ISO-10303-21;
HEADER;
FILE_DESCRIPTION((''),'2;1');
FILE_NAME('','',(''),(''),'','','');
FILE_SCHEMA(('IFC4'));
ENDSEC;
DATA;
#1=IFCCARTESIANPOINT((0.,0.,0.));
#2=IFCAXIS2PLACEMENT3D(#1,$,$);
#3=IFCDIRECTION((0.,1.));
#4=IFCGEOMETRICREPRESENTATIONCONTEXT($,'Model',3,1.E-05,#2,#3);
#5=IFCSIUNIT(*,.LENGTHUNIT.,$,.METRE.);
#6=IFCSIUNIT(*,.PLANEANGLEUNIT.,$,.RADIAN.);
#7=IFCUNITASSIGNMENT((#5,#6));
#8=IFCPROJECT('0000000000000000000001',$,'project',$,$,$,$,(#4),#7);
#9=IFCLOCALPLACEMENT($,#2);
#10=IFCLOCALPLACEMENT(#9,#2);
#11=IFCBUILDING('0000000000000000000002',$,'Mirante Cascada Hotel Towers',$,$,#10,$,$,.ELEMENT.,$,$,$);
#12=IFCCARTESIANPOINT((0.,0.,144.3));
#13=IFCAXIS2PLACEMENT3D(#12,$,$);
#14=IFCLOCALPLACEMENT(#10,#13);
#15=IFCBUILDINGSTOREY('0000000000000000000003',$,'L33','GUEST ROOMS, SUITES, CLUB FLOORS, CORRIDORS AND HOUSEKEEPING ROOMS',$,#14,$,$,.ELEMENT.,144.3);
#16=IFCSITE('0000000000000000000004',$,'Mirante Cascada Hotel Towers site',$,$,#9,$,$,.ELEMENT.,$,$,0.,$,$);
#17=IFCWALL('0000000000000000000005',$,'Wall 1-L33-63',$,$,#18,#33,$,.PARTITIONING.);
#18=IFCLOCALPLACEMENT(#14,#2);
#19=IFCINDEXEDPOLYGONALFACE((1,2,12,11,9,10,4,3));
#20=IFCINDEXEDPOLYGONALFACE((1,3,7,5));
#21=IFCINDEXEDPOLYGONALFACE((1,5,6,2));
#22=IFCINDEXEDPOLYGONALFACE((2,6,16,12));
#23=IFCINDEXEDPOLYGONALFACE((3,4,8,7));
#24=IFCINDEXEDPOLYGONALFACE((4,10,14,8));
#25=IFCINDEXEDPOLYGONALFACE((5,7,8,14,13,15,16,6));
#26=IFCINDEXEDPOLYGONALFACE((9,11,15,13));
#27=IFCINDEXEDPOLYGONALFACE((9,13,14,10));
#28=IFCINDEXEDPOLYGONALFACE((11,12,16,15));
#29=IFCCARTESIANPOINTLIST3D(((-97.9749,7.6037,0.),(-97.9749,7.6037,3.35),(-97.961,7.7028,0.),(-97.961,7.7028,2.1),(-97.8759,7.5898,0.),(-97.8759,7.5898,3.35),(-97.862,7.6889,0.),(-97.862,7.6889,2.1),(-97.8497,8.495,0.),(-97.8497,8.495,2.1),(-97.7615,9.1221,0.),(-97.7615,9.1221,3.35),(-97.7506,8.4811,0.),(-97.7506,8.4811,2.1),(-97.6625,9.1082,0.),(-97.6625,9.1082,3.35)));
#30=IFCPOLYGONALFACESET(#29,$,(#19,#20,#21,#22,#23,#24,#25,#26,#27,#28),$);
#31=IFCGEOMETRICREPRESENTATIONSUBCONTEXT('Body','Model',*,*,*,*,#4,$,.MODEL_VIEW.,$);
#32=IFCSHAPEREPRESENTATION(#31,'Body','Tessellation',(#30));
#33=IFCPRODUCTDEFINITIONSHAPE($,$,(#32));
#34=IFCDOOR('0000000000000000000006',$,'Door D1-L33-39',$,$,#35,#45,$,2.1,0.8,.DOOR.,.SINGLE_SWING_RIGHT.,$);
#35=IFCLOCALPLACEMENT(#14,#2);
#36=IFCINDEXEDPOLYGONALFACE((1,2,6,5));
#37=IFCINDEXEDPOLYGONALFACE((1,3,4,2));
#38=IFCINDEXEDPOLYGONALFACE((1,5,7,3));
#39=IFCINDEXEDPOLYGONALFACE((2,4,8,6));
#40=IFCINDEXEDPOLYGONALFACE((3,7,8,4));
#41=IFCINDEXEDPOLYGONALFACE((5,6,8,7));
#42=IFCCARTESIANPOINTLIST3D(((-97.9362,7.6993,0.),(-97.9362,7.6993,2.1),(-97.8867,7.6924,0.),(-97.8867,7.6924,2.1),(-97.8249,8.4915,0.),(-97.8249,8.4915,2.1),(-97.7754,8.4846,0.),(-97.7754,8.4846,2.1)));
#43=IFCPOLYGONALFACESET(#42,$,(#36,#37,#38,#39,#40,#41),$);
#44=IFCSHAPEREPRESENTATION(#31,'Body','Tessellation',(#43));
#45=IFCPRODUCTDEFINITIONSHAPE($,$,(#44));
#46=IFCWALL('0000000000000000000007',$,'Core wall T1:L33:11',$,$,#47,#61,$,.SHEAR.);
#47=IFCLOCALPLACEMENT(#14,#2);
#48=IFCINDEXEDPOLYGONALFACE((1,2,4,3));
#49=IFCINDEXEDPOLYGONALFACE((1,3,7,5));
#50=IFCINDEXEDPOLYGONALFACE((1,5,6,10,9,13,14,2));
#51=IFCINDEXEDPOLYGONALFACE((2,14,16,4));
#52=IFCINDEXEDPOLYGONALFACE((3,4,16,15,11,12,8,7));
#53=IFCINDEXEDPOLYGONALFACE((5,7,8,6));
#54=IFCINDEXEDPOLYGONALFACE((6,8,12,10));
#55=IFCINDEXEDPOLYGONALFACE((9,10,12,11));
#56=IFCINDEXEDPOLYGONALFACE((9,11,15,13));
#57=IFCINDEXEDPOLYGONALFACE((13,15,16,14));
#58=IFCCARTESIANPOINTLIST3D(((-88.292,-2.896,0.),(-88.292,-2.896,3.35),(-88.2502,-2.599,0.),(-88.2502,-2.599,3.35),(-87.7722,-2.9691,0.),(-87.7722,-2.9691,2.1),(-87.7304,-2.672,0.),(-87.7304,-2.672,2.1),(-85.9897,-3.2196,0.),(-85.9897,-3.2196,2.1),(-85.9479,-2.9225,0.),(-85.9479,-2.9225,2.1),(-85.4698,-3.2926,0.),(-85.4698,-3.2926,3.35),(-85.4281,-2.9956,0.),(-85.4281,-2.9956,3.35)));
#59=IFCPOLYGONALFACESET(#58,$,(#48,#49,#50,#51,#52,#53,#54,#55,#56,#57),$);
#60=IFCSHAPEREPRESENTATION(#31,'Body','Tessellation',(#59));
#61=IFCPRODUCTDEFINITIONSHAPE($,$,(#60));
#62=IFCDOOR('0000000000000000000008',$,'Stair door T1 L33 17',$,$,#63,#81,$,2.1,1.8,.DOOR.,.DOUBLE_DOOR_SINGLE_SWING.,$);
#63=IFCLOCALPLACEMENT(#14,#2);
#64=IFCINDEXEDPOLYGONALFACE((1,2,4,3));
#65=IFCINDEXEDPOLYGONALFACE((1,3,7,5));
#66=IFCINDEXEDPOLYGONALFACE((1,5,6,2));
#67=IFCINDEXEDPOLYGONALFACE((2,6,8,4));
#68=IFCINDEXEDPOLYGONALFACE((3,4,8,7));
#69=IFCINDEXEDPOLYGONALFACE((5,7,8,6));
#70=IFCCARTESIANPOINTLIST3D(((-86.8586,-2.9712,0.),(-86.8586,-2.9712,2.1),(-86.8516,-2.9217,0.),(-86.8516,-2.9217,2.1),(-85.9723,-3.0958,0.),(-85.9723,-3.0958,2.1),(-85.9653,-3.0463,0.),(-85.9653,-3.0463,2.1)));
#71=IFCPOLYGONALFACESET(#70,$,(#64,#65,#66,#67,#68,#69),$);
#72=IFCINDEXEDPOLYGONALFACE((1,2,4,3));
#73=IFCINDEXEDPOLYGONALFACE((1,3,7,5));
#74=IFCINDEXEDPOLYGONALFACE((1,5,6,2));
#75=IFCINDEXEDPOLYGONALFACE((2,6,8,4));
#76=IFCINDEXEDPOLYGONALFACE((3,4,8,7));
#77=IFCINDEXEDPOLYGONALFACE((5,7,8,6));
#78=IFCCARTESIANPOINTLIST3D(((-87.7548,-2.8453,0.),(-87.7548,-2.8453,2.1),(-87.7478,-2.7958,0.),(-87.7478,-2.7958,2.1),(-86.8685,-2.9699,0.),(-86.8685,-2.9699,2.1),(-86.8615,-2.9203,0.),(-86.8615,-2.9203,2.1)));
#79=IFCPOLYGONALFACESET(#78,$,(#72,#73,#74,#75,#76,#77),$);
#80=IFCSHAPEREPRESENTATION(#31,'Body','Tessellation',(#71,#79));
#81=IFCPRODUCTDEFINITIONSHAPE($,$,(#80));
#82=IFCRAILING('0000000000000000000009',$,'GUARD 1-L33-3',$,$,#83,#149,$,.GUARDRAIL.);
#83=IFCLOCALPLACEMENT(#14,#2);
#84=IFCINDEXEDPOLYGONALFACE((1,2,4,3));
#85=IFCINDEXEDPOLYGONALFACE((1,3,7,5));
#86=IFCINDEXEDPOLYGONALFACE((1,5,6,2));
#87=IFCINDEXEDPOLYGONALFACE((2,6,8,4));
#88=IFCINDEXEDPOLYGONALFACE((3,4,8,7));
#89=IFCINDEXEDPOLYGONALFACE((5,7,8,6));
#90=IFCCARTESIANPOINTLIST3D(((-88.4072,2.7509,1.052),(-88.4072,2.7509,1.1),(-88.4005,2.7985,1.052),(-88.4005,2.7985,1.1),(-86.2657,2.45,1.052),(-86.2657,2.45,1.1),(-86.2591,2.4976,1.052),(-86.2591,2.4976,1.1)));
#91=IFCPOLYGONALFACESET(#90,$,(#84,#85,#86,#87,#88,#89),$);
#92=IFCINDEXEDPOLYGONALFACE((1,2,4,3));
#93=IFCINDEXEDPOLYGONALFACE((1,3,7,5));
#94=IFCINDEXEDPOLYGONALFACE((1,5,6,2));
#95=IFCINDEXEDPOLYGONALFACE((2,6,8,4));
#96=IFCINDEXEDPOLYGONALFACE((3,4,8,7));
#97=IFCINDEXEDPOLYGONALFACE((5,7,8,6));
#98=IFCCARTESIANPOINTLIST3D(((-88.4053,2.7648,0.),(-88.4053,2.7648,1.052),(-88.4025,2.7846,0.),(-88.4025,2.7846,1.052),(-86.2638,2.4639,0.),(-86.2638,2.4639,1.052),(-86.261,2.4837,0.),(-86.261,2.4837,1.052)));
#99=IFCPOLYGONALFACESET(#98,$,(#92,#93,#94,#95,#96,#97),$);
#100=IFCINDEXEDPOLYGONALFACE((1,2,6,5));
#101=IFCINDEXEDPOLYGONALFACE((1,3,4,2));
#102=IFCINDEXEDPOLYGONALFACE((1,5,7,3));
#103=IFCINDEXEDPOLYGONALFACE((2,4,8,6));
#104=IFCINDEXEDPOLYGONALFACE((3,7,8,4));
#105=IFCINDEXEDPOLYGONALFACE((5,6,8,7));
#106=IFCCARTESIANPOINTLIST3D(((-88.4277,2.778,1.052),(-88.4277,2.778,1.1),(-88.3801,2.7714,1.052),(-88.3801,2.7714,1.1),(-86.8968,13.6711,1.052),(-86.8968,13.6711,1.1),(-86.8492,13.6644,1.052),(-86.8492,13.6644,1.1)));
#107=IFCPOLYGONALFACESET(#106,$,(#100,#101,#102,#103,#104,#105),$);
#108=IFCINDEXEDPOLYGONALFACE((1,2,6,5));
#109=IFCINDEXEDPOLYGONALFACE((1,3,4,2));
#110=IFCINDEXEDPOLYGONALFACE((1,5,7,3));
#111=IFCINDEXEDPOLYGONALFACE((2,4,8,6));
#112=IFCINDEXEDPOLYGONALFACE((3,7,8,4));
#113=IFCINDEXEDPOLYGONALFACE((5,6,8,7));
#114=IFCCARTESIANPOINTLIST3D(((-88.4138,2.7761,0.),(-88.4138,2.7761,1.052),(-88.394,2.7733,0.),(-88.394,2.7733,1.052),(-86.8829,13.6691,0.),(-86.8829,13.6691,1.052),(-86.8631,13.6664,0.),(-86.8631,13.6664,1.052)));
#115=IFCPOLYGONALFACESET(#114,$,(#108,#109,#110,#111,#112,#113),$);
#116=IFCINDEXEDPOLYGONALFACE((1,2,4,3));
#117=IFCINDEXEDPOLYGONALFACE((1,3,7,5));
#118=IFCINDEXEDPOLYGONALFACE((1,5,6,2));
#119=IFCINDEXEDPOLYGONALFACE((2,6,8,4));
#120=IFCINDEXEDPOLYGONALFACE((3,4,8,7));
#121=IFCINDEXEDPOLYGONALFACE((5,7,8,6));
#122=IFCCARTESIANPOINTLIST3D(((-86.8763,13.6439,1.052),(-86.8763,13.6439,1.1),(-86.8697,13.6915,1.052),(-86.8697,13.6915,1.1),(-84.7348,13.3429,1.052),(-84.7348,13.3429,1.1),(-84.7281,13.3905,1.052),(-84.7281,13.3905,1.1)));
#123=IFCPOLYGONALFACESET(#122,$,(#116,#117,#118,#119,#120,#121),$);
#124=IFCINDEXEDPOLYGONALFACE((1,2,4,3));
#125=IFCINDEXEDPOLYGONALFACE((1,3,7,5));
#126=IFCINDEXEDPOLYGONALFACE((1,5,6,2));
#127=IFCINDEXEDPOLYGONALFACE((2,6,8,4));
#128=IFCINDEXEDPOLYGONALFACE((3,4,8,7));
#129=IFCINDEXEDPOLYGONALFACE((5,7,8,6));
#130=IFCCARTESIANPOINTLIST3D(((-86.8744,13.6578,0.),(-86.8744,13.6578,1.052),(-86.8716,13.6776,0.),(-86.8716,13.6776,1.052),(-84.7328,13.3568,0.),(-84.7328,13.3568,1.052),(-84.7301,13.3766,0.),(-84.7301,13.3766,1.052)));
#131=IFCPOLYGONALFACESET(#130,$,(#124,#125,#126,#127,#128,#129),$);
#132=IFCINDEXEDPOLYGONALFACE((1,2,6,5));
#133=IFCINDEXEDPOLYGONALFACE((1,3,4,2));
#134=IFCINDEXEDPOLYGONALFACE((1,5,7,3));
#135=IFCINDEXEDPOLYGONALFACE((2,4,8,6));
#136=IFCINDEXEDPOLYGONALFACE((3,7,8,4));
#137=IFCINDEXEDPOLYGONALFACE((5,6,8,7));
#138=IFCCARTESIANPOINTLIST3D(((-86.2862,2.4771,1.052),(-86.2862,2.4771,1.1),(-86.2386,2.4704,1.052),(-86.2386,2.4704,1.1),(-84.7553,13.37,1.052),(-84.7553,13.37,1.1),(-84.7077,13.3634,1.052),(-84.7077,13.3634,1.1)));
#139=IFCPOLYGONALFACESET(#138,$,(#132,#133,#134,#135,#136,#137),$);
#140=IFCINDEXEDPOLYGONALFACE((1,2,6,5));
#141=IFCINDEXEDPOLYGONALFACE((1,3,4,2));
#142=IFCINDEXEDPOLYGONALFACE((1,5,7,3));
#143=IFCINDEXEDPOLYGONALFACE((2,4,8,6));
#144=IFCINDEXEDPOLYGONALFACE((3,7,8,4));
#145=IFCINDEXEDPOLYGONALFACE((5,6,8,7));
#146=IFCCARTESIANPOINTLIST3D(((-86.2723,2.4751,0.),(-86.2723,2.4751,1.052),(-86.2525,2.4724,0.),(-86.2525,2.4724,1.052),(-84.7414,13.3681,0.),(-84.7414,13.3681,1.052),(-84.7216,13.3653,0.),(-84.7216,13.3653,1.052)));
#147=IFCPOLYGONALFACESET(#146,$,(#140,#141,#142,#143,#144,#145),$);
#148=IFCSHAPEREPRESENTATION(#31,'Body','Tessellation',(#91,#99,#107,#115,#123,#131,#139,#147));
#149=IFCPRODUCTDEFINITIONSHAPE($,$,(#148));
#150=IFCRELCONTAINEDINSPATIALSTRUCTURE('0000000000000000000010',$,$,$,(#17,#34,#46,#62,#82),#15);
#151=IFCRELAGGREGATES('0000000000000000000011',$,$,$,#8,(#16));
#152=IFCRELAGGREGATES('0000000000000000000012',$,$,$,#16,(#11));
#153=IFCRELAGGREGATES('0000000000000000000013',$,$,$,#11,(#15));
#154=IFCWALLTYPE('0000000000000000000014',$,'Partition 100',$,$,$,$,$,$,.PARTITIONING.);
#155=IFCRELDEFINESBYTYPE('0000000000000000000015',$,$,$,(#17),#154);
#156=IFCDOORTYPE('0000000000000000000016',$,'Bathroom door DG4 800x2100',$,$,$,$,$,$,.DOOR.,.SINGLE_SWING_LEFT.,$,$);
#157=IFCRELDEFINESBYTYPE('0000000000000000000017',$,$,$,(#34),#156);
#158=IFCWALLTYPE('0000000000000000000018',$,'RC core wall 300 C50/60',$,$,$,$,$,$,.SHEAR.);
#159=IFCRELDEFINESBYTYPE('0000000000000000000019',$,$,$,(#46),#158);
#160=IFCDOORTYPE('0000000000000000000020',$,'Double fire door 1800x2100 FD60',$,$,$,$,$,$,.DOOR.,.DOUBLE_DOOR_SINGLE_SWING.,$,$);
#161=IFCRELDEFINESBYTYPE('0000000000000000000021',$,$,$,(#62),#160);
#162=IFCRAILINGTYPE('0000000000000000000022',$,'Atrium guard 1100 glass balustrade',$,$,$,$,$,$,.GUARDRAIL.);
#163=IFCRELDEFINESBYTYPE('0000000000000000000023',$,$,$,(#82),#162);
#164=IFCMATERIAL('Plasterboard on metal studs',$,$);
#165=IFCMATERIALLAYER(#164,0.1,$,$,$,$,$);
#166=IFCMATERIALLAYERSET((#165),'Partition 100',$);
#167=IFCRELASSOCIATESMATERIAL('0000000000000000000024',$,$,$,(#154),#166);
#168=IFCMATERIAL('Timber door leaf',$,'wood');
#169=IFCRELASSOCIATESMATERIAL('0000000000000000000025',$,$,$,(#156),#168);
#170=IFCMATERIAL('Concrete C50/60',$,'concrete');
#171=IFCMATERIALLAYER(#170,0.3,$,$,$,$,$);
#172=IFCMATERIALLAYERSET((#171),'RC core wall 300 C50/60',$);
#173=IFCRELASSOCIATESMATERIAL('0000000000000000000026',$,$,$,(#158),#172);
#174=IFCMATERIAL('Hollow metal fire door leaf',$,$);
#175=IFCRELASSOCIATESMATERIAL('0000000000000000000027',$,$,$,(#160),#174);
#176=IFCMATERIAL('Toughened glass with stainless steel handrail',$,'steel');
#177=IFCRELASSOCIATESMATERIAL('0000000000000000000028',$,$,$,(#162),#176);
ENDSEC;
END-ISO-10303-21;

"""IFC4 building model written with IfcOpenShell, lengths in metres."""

from ifc_helpers import new_model, si_unit, direction, frame, frame_2d, origin, origin_2d, place, context, subcontext, project, spatial, rectangle, extrude, material, layer, layer_set, type_object, element, fill, save


model = new_model("IFC4")

# Units and contexts
model_context = context("Model", 3, precision=1e-05, world=origin(), true_north=direction((0.0, 1.0)))
body_context = subcontext(model_context, "Body", "Model", "MODEL_VIEW")
ifc_project = project(units=[si_unit("LENGTHUNIT", "METRE"), si_unit("PLANEANGLEUNIT", "RADIAN")], contexts=[model_context])

# Site, building, storey
site_placement = place(None, origin())
site = spatial("IfcSite", under=ifc_project, at=site_placement, Name="Mirante Cascada Hotel Towers site", CompositionType="ELEMENT", RefElevation=0.0)
building_placement = place(site_placement, origin())
building = spatial("IfcBuilding", under=site, at=building_placement, Name="Mirante Cascada Hotel Towers", CompositionType="ELEMENT")
storey_placement = place(building_placement, frame((0.0, 0.0, 144.3)))
storey = spatial("IfcBuildingStorey", under=building, at=storey_placement, Name="L33", Description="GUEST ROOMS, SUITES, CLUB FLOORS, CORRIDORS AND HOUSEKEEPING ROOMS", CompositionType="ELEMENT", Elevation=144.3)

# Shared definitions
ifc_material_1 = material(Name="Plasterboard on metal studs")
ifc_layer_1 = layer(ifc_material_1, 0.1)
ifc_layer_set_1 = layer_set([ifc_layer_1], Name="Partition 100")
wall_type_1 = type_object("IfcWallType", Name="Partition 100", PredefinedType="PARTITIONING", material=ifc_layer_set_1)

# Walls, openings, doors
wall_1_placement = place(storey_placement, frame((-97.712, 9.1152, 0.0), z_axis=(0.0, 0.0, 1.0), x_axis=(-0.139175, -0.990268, 0.0)))
wall_1 = element("IfcWall", 1, at=wall_1_placement, inside=storey, type_object=wall_type_1, Name="Wall 1-L33-63", PredefinedType="PARTITIONING", context=body_context, shape_type="SweptSolid", body=[
    extrude(rectangle(XDim=1.5333, YDim=0.1, at=frame_2d((0.7667, 0.0))), origin(), (0.0, 0.0, 1.0), 3.35),
])
opening_1_placement = place(wall_1_placement, frame((0.6333, 0.0, 0.0)))
opening_1 = element("IfcOpeningElement", 2, at=opening_1_placement, cuts=wall_1, PredefinedType="OPENING", context=body_context, shape_type="SweptSolid", body=[
    extrude(rectangle(XDim=0.8, YDim=2.1, at=frame_2d((0.4, 1.05))), frame((0.0, 0.05, 0.0), z_axis=(0.0, -1.0, 0.0), x_axis=(1.0, 0.0, 0.0)), (0.0, 0.0, 1.0), 0.1),
])
ifc_material_2 = material(Name="Timber door leaf", Category="wood")
door_type_1 = type_object("IfcDoorType", Name="Bathroom door DG4 800x2100", OperationType="SINGLE_SWING_LEFT", PredefinedType="DOOR", material=ifc_material_2)
door_1_placement = place(opening_1_placement, frame((0.8, 0.0, 0.0), z_axis=(0.0, 0.0, 1.0), x_axis=(-1.0, 0.0, 0.0)))
door_1 = element("IfcDoor", 3, at=door_1_placement, inside=storey, type_object=door_type_1, Name="Door D1-L33-39", OperationType="SINGLE_SWING_RIGHT", OverallHeight=2.1, OverallWidth=0.8, PredefinedType="DOOR", context=body_context, shape_type="SweptSolid", body=[
    extrude(rectangle(XDim=0.8, YDim=2.1, at=frame_2d((0.4, 1.05))), frame((0.0, 0.025, 0.0), z_axis=(0.0, -1.0, 0.0), x_axis=(1.0, 0.0, 0.0)), (0.0, 0.0, 1.0), 0.05),
])
fill(opening_1, door_1)
ifc_material_3 = material(Name="Concrete C50/60", Category="concrete")
ifc_layer_2 = layer(ifc_material_3, 0.3)
ifc_layer_set_2 = layer_set([ifc_layer_2], Name="RC core wall 300 C50/60")
wall_type_2 = type_object("IfcWallType", Name="RC core wall 300 C50/60", PredefinedType="SHEAR", material=ifc_layer_set_2)
wall_2_placement = place(storey_placement, frame((-85.4489, -3.1441, 0.0), z_axis=(0.0, 0.0, 1.0), x_axis=(-0.99027, 0.139161, 0.0)))
wall_2 = element("IfcWall", 4, at=wall_2_placement, inside=storey, type_object=wall_type_2, Name="Core wall T1:L33:11", PredefinedType="SHEAR", context=body_context, shape_type="SweptSolid", body=[
    extrude(rectangle(XDim=2.8499, YDim=0.3, at=frame_2d((1.425, 0.0))), origin(), (0.0, 0.0, 1.0), 3.35),
])
opening_2_placement = place(wall_2_placement, frame((0.525, 0.0, 0.0)))
opening_2 = element("IfcOpeningElement", 5, at=opening_2_placement, cuts=wall_2, PredefinedType="OPENING", context=body_context, shape_type="SweptSolid", body=[
    extrude(rectangle(XDim=1.8, YDim=2.1, at=frame_2d((0.9, 1.05))), frame((0.0, 0.15, 0.0), z_axis=(0.0, -1.0, 0.0), x_axis=(1.0, 0.0, 0.0)), (0.0, 0.0, 1.0), 0.3),
])
ifc_material_4 = material(Name="Hollow metal fire door leaf")
door_type_2 = type_object("IfcDoorType", Name="Double fire door 1800x2100 FD60", OperationType="DOUBLE_DOOR_SINGLE_SWING", PredefinedType="DOOR", material=ifc_material_4)
door_2_placement = place(opening_2_placement, origin())
door_2 = element("IfcDoor", 6, at=door_2_placement, inside=storey, type_object=door_type_2, Name="Stair door T1 L33 17", OperationType="DOUBLE_DOOR_SINGLE_SWING", OverallHeight=2.1, OverallWidth=1.8, PredefinedType="DOOR", context=body_context, shape_type="SweptSolid", body=[
    extrude(rectangle(XDim=0.895, YDim=2.1, at=frame_2d((0.4475, 1.05))), frame((0.0, 0.025, 0.0), z_axis=(0.0, -1.0, 0.0), x_axis=(1.0, 0.0, 0.0)), (0.0, 0.0, 1.0), 0.05),
    extrude(rectangle(XDim=0.895, YDim=2.1, at=frame_2d((1.3525, 1.05))), frame((0.0, 0.025, 0.0), z_axis=(0.0, -1.0, 0.0), x_axis=(1.0, 0.0, 0.0)), (0.0, 0.0, 1.0), 0.05),
])
fill(opening_2, door_2)

# Railing
ifc_material_5 = material(Name="Toughened glass with stainless steel handrail", Category="steel")
railing_type = type_object("IfcRailingType", Name="Atrium guard 1100 glass balustrade", PredefinedType="GUARDRAIL", material=ifc_material_5)
railing_placement = place(storey_placement, frame((-86.2624, 2.4738, 0.0)))
element("IfcRailing", 7, at=railing_placement, inside=storey, type_object=railing_type, Name="GUARD 1-L33-3", PredefinedType="GUARDRAIL", context=body_context, shape_type="SweptSolid", body=[
    extrude(rectangle(XDim=0.048, YDim=0.048, at=origin_2d()), frame((0.0, 0.0, 1.076), z_axis=(-0.990272, 0.139142, 0.0), x_axis=(-0.139142, -0.990272, 0.0)), (0.0, 0.0, 1.0), 2.1625),
    extrude(rectangle(XDim=0.02, YDim=1.052, at=origin_2d()), frame((0.0, 0.0, 0.526), z_axis=(-0.990272, 0.139142, 0.0), x_axis=(-0.139142, -0.990272, 0.0)), (0.0, 0.0, 1.0), 2.1625),
    extrude(rectangle(XDim=0.048, YDim=0.048, at=origin_2d()), frame((-2.1415, 0.3009, 1.076), z_axis=(0.139172, 0.990268, 0.0), x_axis=(-0.990268, 0.139172, 0.0)), (0.0, 0.0, 1.0), 11.0001),
    extrude(rectangle(XDim=0.02, YDim=1.052, at=origin_2d()), frame((-2.1415, 0.3009, 0.526), z_axis=(0.139172, 0.990268, 0.0), x_axis=(-0.990268, 0.139172, 0.0)), (0.0, 0.0, 1.0), 11.0001),
    extrude(rectangle(XDim=0.048, YDim=0.048, at=origin_2d()), frame((-0.6106, 11.1939, 1.076), z_axis=(0.990266, -0.139187, 0.0), x_axis=(0.139187, 0.990266, 0.0)), (0.0, 0.0, 1.0), 2.1626),
    extrude(rectangle(XDim=0.02, YDim=1.052, at=origin_2d()), frame((-0.6106, 11.1939, 0.526), z_axis=(0.990266, -0.139187, 0.0), x_axis=(0.139187, 0.990266, 0.0)), (0.0, 0.0, 1.0), 2.1626),
    extrude(rectangle(XDim=0.048, YDim=0.048, at=origin_2d()), frame((1.5309, 10.8929, 1.076), z_axis=(-0.139173, -0.990268, 0.0), x_axis=(0.990268, -0.139173, 0.0)), (0.0, 0.0, 1.0), 11.0),
    extrude(rectangle(XDim=0.02, YDim=1.052, at=origin_2d()), frame((1.5309, 10.8929, 0.526), z_axis=(-0.139173, -0.990268, 0.0), x_axis=(0.990268, -0.139173, 0.0)), (0.0, 0.0, 1.0), 11.0),
])

save(model, "model.ifc")
